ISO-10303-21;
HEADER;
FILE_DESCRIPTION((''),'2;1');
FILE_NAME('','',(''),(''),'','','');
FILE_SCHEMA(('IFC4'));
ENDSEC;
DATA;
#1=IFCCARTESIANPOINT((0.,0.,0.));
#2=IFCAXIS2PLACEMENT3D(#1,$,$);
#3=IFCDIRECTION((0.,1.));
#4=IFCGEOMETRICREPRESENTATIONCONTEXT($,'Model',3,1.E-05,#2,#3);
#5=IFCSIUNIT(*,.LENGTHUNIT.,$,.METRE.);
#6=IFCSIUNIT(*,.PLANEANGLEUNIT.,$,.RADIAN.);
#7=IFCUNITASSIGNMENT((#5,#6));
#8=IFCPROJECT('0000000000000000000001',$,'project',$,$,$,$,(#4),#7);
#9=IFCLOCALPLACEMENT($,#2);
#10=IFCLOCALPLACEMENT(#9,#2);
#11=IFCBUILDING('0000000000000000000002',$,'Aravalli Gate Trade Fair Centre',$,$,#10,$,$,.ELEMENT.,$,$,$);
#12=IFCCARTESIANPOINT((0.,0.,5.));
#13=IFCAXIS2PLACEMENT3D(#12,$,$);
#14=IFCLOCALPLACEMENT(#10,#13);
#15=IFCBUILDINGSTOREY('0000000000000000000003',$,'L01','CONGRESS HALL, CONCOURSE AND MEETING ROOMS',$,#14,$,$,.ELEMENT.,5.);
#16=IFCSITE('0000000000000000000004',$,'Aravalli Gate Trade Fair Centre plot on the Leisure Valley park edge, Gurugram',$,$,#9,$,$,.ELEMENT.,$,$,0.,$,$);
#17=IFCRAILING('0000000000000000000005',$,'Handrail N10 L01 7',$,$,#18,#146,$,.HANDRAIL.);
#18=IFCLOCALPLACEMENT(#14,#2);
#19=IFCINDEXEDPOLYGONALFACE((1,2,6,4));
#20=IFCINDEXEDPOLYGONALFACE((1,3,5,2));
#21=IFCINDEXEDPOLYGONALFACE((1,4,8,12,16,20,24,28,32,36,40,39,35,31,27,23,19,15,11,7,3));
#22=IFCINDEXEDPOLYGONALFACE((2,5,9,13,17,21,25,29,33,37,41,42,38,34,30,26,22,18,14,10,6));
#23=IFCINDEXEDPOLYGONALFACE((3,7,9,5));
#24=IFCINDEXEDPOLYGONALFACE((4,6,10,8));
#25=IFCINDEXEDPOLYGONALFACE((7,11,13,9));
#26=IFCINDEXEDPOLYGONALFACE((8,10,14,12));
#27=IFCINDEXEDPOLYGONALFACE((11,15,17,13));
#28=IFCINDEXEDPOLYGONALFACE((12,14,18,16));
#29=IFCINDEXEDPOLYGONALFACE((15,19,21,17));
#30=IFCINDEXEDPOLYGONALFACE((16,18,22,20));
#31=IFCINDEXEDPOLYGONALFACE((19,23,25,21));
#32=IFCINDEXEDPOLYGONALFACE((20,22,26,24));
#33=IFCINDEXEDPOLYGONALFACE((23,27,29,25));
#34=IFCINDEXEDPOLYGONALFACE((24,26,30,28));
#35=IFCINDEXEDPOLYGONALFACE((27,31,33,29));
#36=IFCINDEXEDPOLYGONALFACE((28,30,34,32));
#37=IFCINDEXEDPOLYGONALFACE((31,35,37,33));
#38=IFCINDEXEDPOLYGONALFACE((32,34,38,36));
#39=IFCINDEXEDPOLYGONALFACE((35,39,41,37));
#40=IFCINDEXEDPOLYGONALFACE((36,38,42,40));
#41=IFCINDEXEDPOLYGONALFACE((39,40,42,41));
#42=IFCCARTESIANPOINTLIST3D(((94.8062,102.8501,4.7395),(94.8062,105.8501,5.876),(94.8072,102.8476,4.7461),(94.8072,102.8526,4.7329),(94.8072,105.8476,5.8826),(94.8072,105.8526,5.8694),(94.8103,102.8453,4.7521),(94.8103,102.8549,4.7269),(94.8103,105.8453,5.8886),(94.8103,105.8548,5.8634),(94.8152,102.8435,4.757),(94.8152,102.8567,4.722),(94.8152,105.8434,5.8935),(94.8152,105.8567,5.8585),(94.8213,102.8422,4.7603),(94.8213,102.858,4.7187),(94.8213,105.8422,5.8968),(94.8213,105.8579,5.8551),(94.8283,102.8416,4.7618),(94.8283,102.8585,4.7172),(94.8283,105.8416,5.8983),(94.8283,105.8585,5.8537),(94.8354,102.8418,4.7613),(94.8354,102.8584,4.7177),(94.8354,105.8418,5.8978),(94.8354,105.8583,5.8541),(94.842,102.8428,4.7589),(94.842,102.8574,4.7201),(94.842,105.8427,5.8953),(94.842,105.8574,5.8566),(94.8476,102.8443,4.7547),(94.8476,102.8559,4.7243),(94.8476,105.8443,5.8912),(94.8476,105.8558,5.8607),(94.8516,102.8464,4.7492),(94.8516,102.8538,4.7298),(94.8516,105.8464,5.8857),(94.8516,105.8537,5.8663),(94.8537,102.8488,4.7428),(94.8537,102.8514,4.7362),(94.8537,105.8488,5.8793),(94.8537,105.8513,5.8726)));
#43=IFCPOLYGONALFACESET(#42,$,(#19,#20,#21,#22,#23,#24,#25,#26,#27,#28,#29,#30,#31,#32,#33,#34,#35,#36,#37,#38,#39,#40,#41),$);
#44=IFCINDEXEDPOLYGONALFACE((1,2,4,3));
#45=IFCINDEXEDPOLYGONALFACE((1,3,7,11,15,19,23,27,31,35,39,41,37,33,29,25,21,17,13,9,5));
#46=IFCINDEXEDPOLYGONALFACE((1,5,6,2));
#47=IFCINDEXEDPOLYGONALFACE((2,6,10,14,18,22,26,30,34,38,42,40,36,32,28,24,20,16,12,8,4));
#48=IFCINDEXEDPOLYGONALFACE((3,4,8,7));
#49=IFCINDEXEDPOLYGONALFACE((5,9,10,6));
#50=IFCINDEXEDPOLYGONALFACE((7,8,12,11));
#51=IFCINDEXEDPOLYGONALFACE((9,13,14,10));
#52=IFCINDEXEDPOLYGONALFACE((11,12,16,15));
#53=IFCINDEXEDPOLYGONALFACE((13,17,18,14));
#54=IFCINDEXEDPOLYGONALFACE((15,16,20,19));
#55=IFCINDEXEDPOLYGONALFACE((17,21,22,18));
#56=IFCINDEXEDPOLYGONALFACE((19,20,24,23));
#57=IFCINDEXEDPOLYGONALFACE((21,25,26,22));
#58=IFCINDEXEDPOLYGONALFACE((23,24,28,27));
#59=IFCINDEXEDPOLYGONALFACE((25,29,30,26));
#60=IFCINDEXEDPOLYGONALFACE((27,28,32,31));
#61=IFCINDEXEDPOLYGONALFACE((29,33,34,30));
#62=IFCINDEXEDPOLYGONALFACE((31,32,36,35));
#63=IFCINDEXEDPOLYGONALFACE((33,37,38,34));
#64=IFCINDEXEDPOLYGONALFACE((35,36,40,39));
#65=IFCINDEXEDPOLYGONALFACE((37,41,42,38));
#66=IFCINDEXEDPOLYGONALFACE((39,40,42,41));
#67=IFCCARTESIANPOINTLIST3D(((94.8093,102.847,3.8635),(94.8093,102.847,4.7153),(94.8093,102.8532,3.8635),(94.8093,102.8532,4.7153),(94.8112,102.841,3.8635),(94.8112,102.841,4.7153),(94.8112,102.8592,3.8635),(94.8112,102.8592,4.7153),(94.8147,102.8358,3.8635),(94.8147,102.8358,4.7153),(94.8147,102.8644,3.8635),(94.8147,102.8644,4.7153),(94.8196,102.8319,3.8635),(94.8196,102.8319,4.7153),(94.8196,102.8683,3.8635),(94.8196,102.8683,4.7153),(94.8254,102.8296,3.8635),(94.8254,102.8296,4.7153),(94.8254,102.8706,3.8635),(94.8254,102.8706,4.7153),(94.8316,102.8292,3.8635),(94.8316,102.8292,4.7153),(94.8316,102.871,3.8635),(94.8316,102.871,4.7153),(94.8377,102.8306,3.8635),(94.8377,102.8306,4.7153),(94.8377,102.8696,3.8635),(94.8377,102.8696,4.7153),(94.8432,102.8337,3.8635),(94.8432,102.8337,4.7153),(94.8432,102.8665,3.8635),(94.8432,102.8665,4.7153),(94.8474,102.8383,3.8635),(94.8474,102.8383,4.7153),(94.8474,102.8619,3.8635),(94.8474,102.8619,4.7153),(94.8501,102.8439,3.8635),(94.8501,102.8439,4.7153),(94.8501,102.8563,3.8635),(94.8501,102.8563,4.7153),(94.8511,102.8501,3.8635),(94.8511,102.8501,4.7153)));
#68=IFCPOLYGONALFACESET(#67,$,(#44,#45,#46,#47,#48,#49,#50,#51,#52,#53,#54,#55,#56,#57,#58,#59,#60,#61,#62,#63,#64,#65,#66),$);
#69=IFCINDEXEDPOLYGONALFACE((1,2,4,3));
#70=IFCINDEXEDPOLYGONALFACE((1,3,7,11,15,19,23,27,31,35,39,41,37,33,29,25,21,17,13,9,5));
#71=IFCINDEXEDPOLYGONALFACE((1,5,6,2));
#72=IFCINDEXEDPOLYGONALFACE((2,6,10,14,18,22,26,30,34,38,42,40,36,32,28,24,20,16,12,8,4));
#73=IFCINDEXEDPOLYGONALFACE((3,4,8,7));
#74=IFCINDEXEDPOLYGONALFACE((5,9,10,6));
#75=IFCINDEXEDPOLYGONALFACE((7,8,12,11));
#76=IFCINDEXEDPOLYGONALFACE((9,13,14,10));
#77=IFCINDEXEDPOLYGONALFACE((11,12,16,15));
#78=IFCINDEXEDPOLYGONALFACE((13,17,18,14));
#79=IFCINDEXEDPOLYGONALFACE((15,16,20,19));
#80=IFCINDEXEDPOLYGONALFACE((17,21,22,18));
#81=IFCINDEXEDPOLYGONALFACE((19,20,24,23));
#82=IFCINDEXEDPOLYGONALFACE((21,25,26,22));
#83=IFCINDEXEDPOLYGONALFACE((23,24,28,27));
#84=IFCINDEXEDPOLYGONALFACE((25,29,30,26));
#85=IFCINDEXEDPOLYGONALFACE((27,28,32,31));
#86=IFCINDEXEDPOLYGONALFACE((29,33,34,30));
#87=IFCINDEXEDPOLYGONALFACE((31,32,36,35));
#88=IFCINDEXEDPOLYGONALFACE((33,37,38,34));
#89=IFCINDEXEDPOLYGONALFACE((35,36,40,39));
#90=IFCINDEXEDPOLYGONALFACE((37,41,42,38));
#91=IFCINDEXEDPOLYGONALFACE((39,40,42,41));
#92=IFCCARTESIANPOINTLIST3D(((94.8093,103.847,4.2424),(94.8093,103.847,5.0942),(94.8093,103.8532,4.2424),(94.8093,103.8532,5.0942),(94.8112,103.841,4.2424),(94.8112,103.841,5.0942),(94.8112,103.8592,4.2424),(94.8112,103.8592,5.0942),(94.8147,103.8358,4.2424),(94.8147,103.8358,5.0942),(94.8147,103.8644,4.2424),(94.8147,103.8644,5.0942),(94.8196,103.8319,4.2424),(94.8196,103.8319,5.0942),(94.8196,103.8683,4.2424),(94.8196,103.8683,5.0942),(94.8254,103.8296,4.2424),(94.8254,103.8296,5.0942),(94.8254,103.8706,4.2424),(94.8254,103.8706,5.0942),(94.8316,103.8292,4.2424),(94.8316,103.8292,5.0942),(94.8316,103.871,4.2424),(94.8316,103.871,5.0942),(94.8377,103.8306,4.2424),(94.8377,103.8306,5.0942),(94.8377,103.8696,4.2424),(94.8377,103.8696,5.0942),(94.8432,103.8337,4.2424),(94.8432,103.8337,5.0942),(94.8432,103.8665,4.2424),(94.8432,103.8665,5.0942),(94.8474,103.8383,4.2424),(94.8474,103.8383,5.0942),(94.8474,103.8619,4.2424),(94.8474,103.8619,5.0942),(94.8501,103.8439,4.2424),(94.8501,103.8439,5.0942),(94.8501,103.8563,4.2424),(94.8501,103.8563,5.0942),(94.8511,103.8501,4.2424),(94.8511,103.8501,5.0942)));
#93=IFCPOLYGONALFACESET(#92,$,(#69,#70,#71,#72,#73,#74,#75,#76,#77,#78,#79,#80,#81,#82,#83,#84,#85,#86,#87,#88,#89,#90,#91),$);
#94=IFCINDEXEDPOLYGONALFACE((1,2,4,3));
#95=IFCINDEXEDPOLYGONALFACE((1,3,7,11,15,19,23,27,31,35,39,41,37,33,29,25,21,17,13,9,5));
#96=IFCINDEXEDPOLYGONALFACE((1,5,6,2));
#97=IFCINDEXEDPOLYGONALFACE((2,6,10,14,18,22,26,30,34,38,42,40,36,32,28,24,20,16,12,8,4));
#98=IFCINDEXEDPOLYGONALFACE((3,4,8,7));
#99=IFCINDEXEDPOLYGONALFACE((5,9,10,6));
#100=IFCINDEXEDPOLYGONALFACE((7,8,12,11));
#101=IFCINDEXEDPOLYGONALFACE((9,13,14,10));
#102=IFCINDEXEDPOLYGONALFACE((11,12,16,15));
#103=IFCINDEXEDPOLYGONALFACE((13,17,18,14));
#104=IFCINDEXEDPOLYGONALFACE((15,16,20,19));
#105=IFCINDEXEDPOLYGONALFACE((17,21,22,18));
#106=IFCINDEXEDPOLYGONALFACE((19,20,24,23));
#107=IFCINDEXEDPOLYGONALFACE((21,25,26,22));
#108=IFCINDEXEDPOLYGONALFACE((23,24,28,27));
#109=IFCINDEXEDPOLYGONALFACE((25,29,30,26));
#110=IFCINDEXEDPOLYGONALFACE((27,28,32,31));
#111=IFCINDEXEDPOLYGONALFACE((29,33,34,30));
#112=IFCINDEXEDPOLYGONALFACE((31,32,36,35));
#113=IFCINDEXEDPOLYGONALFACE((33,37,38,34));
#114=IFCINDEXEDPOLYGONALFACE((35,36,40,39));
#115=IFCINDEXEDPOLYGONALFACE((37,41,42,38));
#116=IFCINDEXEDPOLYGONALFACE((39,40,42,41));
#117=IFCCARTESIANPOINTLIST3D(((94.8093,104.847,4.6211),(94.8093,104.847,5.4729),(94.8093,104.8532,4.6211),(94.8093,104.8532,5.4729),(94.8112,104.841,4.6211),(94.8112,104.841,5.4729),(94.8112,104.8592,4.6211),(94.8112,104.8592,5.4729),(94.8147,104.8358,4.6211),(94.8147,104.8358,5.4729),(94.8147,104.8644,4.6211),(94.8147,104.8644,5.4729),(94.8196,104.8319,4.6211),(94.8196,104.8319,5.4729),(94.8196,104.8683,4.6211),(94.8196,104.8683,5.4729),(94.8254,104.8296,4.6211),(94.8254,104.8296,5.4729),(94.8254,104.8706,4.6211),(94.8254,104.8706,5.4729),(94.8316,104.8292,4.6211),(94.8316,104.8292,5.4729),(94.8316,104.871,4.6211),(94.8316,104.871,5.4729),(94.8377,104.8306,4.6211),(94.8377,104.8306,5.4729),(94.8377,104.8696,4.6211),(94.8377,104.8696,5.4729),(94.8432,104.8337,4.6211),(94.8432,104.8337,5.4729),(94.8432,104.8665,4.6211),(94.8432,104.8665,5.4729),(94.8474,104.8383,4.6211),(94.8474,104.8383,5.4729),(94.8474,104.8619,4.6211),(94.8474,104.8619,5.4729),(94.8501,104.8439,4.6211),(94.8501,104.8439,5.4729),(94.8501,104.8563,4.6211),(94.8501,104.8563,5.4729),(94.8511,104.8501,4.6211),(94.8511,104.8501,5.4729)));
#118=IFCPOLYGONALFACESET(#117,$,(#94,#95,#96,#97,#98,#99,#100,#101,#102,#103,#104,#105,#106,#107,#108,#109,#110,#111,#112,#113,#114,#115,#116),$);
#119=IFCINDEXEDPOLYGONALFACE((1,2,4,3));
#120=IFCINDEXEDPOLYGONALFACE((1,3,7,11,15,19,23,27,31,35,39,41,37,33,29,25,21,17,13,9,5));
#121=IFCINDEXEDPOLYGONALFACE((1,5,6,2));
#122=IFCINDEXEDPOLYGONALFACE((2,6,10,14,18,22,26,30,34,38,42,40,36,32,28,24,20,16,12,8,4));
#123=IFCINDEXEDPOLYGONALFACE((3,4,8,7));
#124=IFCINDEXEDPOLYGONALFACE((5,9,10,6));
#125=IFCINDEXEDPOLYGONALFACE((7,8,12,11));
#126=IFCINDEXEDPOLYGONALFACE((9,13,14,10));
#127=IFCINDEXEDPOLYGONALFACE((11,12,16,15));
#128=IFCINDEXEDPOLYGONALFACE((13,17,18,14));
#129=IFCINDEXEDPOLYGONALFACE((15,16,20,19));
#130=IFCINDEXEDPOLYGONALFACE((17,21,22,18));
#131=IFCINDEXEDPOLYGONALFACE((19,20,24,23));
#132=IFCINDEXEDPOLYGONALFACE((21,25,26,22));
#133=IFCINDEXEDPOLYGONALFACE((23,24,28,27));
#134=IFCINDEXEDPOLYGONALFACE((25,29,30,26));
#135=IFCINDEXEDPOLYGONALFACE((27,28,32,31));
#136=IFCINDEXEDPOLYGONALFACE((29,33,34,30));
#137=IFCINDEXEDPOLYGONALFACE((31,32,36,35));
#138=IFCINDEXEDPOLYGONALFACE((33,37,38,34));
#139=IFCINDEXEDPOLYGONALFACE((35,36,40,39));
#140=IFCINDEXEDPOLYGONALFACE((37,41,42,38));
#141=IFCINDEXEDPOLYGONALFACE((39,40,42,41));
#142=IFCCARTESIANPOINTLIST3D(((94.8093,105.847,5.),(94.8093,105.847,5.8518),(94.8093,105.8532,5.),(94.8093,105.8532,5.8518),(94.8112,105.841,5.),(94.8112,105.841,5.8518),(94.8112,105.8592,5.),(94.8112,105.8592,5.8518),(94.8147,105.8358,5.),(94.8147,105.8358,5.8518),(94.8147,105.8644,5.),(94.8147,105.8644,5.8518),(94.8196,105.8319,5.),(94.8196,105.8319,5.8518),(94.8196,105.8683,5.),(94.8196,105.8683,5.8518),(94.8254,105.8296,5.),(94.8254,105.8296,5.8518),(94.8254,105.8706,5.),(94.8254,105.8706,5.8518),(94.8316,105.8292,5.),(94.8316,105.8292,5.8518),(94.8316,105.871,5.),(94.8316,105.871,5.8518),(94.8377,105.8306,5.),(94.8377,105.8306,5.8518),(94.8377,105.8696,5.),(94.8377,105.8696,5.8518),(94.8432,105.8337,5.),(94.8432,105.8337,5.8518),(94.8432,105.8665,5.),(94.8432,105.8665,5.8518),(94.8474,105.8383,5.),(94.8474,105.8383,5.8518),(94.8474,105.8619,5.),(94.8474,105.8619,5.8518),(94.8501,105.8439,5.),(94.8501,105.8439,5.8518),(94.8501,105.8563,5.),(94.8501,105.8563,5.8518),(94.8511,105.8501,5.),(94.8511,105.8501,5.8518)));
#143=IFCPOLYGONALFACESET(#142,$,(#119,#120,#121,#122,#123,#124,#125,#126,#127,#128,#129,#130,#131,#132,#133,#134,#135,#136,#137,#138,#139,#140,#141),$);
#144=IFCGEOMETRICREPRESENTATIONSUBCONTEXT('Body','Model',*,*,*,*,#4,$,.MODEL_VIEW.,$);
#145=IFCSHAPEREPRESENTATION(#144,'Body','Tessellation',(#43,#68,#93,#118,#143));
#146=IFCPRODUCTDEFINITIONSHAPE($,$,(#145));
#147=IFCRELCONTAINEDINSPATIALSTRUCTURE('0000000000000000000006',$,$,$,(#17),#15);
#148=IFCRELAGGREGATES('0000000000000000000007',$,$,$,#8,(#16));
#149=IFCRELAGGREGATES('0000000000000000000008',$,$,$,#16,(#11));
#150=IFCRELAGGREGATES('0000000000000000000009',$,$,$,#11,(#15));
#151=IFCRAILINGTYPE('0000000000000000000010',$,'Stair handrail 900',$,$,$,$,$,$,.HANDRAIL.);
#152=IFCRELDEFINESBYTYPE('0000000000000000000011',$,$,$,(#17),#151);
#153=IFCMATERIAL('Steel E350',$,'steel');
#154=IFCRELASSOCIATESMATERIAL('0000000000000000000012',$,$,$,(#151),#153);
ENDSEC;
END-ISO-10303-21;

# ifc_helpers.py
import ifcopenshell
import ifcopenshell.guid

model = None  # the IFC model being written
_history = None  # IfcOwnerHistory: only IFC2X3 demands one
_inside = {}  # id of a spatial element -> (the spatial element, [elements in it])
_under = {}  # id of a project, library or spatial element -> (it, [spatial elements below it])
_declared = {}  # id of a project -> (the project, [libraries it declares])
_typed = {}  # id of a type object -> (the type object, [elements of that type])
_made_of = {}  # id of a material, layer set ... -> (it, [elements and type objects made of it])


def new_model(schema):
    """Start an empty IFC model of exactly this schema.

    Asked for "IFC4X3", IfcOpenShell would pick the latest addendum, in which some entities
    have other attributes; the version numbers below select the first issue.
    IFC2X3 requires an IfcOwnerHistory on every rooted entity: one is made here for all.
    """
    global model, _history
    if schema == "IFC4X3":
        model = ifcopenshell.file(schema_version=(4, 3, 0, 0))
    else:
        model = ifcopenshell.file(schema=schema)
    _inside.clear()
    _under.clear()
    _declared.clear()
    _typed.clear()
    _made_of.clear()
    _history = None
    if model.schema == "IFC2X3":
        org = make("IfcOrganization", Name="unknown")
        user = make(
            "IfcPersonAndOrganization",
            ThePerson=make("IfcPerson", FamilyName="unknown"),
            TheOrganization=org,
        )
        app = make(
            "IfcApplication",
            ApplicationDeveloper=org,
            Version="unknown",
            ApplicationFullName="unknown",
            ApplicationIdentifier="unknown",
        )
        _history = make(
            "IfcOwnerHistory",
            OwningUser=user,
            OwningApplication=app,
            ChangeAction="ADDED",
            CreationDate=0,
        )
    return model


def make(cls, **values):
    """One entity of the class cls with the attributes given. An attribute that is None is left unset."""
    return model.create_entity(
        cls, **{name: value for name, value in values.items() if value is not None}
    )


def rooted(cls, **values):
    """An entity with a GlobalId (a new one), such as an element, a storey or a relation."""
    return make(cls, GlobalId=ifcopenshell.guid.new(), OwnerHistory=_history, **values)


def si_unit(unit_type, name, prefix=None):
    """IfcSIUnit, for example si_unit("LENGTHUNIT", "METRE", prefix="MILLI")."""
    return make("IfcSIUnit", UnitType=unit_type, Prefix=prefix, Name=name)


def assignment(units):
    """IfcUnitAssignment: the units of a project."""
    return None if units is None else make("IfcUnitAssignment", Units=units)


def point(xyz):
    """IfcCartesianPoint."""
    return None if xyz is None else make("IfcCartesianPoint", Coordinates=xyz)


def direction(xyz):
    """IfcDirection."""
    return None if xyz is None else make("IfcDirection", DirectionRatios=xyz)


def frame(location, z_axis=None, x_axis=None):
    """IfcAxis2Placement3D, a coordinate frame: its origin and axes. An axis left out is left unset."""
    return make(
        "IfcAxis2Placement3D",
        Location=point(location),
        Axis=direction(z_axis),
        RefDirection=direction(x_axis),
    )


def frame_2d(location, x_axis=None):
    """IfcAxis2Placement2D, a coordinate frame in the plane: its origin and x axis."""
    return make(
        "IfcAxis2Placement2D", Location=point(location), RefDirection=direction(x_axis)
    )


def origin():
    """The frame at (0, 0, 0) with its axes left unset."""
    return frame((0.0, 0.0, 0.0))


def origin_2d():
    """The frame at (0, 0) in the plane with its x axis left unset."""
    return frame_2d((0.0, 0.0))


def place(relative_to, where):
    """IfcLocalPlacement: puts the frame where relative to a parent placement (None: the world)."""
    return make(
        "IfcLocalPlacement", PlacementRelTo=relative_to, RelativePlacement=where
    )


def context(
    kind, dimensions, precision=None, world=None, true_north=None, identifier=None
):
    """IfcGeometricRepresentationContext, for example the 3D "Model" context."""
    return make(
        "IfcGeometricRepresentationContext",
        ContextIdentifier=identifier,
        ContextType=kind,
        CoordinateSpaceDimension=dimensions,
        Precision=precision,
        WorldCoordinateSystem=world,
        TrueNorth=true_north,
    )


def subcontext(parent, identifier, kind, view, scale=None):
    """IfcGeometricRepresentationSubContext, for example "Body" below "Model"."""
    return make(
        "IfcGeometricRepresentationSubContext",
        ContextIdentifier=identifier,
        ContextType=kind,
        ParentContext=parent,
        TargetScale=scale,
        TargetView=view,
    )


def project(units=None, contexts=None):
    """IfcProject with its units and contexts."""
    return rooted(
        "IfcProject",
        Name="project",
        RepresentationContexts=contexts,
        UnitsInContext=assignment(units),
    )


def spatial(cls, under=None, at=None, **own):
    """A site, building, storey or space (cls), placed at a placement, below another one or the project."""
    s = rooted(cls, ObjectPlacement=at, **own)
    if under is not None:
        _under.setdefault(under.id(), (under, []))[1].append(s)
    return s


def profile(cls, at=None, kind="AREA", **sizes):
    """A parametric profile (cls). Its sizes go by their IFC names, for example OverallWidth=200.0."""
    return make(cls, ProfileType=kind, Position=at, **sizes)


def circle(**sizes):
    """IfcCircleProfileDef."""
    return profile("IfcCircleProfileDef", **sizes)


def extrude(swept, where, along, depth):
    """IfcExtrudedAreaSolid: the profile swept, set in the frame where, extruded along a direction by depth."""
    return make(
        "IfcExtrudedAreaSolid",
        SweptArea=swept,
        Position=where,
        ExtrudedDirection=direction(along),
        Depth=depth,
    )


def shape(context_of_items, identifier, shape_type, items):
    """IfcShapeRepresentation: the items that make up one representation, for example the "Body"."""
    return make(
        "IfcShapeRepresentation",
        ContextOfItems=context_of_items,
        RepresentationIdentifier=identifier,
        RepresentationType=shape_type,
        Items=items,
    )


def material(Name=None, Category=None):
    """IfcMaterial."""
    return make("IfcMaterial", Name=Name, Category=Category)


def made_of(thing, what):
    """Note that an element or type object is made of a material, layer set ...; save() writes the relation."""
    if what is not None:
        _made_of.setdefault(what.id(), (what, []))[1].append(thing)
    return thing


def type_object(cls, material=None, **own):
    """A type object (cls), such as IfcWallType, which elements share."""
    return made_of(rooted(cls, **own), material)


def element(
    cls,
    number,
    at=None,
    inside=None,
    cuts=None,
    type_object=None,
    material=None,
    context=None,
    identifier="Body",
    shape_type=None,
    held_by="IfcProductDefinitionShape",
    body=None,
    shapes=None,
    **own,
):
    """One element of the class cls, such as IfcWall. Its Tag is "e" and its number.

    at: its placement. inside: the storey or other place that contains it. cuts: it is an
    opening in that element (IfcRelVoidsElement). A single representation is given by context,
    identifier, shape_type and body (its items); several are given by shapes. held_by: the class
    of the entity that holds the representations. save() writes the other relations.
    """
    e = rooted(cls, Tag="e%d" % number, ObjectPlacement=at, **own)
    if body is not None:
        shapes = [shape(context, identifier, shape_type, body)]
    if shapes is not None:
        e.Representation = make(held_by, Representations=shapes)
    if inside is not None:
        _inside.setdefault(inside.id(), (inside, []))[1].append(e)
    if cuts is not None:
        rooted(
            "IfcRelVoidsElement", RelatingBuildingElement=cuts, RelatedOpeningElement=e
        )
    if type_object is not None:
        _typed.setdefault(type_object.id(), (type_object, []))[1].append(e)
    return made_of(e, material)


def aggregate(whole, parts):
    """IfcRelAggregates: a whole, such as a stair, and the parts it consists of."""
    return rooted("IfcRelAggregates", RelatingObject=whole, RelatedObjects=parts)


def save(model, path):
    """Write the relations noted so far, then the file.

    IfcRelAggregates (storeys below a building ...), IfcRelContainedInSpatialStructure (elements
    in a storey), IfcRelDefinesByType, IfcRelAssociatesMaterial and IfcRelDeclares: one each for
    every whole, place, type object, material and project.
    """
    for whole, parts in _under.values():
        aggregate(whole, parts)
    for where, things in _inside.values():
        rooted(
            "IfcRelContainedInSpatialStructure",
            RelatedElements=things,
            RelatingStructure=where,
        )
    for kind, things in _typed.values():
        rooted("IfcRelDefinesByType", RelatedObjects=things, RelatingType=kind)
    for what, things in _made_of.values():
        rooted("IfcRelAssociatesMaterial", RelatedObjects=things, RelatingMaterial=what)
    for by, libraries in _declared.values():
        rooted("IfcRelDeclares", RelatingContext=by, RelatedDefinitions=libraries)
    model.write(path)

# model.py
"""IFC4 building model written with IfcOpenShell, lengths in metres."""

from ifc_helpers import new_model, si_unit, direction, frame, origin, origin_2d, place, context, subcontext, project, spatial, circle, extrude, material, type_object, element, save


model = new_model("IFC4")

# Units and contexts
model_context = context("Model", 3, precision=1e-05, world=origin(), true_north=direction((0.0, 1.0)))
body_context = subcontext(model_context, "Body", "Model", "MODEL_VIEW")
ifc_project = project(units=[si_unit("LENGTHUNIT", "METRE"), si_unit("PLANEANGLEUNIT", "RADIAN")], contexts=[model_context])

# Site, building, storey
site_placement = place(None, origin())
site = spatial("IfcSite", under=ifc_project, at=site_placement, Name="Aravalli Gate Trade Fair Centre plot on the Leisure Valley park edge, Gurugram", CompositionType="ELEMENT", RefElevation=0.0)
building_placement = place(site_placement, origin())
building = spatial("IfcBuilding", under=site, at=building_placement, Name="Aravalli Gate Trade Fair Centre", CompositionType="ELEMENT")
storey_placement = place(building_placement, frame((0.0, 0.0, 5.0)))
storey = spatial("IfcBuildingStorey", under=building, at=storey_placement, Name="L01", Description="CONGRESS HALL, CONCOURSE AND MEETING ROOMS", CompositionType="ELEMENT", Elevation=5.0)

# Railing
ifc_material_1 = material(Name="Steel E350", Category="steel")
railing_type = type_object("IfcRailingType", Name="Stair handrail 900", PredefinedType="HANDRAIL", material=ifc_material_1)
for number, where, name in (
    (1, (94.8301, 102.8501, 3.8635), "Handrail N10 L01 7"),
):
    element("IfcRailing", number, at=place(storey_placement, frame(where)), inside=storey, type_object=railing_type, Name=name, PredefinedType="HANDRAIL", context=body_context, shape_type="SweptSolid", body=[
        extrude(circle(Radius=0.0239, at=origin_2d()), frame((0.0, 0.0, 0.876), z_axis=(0.0, 0.935148, 0.354257), x_axis=(-1.0, 0.0, 0.0)), (0.0, 0.0, 1.0), 3.208),
        extrude(circle(Radius=0.021, at=origin_2d()), origin(), (0.0, 0.0, 1.0), 0.8518),
        extrude(circle(Radius=0.021, at=origin_2d()), frame((0.0, 1.0, 0.3789)), (0.0, 0.0, 1.0), 0.8518),
        extrude(circle(Radius=0.021, at=origin_2d()), frame((0.0, 2.0, 0.7576)), (0.0, 0.0, 1.0), 0.8518),
        extrude(circle(Radius=0.021, at=origin_2d()), frame((0.0, 3.0, 1.1365)), (0.0, 0.0, 1.0), 0.8518),
    ])

save(model, "model.ifc")
